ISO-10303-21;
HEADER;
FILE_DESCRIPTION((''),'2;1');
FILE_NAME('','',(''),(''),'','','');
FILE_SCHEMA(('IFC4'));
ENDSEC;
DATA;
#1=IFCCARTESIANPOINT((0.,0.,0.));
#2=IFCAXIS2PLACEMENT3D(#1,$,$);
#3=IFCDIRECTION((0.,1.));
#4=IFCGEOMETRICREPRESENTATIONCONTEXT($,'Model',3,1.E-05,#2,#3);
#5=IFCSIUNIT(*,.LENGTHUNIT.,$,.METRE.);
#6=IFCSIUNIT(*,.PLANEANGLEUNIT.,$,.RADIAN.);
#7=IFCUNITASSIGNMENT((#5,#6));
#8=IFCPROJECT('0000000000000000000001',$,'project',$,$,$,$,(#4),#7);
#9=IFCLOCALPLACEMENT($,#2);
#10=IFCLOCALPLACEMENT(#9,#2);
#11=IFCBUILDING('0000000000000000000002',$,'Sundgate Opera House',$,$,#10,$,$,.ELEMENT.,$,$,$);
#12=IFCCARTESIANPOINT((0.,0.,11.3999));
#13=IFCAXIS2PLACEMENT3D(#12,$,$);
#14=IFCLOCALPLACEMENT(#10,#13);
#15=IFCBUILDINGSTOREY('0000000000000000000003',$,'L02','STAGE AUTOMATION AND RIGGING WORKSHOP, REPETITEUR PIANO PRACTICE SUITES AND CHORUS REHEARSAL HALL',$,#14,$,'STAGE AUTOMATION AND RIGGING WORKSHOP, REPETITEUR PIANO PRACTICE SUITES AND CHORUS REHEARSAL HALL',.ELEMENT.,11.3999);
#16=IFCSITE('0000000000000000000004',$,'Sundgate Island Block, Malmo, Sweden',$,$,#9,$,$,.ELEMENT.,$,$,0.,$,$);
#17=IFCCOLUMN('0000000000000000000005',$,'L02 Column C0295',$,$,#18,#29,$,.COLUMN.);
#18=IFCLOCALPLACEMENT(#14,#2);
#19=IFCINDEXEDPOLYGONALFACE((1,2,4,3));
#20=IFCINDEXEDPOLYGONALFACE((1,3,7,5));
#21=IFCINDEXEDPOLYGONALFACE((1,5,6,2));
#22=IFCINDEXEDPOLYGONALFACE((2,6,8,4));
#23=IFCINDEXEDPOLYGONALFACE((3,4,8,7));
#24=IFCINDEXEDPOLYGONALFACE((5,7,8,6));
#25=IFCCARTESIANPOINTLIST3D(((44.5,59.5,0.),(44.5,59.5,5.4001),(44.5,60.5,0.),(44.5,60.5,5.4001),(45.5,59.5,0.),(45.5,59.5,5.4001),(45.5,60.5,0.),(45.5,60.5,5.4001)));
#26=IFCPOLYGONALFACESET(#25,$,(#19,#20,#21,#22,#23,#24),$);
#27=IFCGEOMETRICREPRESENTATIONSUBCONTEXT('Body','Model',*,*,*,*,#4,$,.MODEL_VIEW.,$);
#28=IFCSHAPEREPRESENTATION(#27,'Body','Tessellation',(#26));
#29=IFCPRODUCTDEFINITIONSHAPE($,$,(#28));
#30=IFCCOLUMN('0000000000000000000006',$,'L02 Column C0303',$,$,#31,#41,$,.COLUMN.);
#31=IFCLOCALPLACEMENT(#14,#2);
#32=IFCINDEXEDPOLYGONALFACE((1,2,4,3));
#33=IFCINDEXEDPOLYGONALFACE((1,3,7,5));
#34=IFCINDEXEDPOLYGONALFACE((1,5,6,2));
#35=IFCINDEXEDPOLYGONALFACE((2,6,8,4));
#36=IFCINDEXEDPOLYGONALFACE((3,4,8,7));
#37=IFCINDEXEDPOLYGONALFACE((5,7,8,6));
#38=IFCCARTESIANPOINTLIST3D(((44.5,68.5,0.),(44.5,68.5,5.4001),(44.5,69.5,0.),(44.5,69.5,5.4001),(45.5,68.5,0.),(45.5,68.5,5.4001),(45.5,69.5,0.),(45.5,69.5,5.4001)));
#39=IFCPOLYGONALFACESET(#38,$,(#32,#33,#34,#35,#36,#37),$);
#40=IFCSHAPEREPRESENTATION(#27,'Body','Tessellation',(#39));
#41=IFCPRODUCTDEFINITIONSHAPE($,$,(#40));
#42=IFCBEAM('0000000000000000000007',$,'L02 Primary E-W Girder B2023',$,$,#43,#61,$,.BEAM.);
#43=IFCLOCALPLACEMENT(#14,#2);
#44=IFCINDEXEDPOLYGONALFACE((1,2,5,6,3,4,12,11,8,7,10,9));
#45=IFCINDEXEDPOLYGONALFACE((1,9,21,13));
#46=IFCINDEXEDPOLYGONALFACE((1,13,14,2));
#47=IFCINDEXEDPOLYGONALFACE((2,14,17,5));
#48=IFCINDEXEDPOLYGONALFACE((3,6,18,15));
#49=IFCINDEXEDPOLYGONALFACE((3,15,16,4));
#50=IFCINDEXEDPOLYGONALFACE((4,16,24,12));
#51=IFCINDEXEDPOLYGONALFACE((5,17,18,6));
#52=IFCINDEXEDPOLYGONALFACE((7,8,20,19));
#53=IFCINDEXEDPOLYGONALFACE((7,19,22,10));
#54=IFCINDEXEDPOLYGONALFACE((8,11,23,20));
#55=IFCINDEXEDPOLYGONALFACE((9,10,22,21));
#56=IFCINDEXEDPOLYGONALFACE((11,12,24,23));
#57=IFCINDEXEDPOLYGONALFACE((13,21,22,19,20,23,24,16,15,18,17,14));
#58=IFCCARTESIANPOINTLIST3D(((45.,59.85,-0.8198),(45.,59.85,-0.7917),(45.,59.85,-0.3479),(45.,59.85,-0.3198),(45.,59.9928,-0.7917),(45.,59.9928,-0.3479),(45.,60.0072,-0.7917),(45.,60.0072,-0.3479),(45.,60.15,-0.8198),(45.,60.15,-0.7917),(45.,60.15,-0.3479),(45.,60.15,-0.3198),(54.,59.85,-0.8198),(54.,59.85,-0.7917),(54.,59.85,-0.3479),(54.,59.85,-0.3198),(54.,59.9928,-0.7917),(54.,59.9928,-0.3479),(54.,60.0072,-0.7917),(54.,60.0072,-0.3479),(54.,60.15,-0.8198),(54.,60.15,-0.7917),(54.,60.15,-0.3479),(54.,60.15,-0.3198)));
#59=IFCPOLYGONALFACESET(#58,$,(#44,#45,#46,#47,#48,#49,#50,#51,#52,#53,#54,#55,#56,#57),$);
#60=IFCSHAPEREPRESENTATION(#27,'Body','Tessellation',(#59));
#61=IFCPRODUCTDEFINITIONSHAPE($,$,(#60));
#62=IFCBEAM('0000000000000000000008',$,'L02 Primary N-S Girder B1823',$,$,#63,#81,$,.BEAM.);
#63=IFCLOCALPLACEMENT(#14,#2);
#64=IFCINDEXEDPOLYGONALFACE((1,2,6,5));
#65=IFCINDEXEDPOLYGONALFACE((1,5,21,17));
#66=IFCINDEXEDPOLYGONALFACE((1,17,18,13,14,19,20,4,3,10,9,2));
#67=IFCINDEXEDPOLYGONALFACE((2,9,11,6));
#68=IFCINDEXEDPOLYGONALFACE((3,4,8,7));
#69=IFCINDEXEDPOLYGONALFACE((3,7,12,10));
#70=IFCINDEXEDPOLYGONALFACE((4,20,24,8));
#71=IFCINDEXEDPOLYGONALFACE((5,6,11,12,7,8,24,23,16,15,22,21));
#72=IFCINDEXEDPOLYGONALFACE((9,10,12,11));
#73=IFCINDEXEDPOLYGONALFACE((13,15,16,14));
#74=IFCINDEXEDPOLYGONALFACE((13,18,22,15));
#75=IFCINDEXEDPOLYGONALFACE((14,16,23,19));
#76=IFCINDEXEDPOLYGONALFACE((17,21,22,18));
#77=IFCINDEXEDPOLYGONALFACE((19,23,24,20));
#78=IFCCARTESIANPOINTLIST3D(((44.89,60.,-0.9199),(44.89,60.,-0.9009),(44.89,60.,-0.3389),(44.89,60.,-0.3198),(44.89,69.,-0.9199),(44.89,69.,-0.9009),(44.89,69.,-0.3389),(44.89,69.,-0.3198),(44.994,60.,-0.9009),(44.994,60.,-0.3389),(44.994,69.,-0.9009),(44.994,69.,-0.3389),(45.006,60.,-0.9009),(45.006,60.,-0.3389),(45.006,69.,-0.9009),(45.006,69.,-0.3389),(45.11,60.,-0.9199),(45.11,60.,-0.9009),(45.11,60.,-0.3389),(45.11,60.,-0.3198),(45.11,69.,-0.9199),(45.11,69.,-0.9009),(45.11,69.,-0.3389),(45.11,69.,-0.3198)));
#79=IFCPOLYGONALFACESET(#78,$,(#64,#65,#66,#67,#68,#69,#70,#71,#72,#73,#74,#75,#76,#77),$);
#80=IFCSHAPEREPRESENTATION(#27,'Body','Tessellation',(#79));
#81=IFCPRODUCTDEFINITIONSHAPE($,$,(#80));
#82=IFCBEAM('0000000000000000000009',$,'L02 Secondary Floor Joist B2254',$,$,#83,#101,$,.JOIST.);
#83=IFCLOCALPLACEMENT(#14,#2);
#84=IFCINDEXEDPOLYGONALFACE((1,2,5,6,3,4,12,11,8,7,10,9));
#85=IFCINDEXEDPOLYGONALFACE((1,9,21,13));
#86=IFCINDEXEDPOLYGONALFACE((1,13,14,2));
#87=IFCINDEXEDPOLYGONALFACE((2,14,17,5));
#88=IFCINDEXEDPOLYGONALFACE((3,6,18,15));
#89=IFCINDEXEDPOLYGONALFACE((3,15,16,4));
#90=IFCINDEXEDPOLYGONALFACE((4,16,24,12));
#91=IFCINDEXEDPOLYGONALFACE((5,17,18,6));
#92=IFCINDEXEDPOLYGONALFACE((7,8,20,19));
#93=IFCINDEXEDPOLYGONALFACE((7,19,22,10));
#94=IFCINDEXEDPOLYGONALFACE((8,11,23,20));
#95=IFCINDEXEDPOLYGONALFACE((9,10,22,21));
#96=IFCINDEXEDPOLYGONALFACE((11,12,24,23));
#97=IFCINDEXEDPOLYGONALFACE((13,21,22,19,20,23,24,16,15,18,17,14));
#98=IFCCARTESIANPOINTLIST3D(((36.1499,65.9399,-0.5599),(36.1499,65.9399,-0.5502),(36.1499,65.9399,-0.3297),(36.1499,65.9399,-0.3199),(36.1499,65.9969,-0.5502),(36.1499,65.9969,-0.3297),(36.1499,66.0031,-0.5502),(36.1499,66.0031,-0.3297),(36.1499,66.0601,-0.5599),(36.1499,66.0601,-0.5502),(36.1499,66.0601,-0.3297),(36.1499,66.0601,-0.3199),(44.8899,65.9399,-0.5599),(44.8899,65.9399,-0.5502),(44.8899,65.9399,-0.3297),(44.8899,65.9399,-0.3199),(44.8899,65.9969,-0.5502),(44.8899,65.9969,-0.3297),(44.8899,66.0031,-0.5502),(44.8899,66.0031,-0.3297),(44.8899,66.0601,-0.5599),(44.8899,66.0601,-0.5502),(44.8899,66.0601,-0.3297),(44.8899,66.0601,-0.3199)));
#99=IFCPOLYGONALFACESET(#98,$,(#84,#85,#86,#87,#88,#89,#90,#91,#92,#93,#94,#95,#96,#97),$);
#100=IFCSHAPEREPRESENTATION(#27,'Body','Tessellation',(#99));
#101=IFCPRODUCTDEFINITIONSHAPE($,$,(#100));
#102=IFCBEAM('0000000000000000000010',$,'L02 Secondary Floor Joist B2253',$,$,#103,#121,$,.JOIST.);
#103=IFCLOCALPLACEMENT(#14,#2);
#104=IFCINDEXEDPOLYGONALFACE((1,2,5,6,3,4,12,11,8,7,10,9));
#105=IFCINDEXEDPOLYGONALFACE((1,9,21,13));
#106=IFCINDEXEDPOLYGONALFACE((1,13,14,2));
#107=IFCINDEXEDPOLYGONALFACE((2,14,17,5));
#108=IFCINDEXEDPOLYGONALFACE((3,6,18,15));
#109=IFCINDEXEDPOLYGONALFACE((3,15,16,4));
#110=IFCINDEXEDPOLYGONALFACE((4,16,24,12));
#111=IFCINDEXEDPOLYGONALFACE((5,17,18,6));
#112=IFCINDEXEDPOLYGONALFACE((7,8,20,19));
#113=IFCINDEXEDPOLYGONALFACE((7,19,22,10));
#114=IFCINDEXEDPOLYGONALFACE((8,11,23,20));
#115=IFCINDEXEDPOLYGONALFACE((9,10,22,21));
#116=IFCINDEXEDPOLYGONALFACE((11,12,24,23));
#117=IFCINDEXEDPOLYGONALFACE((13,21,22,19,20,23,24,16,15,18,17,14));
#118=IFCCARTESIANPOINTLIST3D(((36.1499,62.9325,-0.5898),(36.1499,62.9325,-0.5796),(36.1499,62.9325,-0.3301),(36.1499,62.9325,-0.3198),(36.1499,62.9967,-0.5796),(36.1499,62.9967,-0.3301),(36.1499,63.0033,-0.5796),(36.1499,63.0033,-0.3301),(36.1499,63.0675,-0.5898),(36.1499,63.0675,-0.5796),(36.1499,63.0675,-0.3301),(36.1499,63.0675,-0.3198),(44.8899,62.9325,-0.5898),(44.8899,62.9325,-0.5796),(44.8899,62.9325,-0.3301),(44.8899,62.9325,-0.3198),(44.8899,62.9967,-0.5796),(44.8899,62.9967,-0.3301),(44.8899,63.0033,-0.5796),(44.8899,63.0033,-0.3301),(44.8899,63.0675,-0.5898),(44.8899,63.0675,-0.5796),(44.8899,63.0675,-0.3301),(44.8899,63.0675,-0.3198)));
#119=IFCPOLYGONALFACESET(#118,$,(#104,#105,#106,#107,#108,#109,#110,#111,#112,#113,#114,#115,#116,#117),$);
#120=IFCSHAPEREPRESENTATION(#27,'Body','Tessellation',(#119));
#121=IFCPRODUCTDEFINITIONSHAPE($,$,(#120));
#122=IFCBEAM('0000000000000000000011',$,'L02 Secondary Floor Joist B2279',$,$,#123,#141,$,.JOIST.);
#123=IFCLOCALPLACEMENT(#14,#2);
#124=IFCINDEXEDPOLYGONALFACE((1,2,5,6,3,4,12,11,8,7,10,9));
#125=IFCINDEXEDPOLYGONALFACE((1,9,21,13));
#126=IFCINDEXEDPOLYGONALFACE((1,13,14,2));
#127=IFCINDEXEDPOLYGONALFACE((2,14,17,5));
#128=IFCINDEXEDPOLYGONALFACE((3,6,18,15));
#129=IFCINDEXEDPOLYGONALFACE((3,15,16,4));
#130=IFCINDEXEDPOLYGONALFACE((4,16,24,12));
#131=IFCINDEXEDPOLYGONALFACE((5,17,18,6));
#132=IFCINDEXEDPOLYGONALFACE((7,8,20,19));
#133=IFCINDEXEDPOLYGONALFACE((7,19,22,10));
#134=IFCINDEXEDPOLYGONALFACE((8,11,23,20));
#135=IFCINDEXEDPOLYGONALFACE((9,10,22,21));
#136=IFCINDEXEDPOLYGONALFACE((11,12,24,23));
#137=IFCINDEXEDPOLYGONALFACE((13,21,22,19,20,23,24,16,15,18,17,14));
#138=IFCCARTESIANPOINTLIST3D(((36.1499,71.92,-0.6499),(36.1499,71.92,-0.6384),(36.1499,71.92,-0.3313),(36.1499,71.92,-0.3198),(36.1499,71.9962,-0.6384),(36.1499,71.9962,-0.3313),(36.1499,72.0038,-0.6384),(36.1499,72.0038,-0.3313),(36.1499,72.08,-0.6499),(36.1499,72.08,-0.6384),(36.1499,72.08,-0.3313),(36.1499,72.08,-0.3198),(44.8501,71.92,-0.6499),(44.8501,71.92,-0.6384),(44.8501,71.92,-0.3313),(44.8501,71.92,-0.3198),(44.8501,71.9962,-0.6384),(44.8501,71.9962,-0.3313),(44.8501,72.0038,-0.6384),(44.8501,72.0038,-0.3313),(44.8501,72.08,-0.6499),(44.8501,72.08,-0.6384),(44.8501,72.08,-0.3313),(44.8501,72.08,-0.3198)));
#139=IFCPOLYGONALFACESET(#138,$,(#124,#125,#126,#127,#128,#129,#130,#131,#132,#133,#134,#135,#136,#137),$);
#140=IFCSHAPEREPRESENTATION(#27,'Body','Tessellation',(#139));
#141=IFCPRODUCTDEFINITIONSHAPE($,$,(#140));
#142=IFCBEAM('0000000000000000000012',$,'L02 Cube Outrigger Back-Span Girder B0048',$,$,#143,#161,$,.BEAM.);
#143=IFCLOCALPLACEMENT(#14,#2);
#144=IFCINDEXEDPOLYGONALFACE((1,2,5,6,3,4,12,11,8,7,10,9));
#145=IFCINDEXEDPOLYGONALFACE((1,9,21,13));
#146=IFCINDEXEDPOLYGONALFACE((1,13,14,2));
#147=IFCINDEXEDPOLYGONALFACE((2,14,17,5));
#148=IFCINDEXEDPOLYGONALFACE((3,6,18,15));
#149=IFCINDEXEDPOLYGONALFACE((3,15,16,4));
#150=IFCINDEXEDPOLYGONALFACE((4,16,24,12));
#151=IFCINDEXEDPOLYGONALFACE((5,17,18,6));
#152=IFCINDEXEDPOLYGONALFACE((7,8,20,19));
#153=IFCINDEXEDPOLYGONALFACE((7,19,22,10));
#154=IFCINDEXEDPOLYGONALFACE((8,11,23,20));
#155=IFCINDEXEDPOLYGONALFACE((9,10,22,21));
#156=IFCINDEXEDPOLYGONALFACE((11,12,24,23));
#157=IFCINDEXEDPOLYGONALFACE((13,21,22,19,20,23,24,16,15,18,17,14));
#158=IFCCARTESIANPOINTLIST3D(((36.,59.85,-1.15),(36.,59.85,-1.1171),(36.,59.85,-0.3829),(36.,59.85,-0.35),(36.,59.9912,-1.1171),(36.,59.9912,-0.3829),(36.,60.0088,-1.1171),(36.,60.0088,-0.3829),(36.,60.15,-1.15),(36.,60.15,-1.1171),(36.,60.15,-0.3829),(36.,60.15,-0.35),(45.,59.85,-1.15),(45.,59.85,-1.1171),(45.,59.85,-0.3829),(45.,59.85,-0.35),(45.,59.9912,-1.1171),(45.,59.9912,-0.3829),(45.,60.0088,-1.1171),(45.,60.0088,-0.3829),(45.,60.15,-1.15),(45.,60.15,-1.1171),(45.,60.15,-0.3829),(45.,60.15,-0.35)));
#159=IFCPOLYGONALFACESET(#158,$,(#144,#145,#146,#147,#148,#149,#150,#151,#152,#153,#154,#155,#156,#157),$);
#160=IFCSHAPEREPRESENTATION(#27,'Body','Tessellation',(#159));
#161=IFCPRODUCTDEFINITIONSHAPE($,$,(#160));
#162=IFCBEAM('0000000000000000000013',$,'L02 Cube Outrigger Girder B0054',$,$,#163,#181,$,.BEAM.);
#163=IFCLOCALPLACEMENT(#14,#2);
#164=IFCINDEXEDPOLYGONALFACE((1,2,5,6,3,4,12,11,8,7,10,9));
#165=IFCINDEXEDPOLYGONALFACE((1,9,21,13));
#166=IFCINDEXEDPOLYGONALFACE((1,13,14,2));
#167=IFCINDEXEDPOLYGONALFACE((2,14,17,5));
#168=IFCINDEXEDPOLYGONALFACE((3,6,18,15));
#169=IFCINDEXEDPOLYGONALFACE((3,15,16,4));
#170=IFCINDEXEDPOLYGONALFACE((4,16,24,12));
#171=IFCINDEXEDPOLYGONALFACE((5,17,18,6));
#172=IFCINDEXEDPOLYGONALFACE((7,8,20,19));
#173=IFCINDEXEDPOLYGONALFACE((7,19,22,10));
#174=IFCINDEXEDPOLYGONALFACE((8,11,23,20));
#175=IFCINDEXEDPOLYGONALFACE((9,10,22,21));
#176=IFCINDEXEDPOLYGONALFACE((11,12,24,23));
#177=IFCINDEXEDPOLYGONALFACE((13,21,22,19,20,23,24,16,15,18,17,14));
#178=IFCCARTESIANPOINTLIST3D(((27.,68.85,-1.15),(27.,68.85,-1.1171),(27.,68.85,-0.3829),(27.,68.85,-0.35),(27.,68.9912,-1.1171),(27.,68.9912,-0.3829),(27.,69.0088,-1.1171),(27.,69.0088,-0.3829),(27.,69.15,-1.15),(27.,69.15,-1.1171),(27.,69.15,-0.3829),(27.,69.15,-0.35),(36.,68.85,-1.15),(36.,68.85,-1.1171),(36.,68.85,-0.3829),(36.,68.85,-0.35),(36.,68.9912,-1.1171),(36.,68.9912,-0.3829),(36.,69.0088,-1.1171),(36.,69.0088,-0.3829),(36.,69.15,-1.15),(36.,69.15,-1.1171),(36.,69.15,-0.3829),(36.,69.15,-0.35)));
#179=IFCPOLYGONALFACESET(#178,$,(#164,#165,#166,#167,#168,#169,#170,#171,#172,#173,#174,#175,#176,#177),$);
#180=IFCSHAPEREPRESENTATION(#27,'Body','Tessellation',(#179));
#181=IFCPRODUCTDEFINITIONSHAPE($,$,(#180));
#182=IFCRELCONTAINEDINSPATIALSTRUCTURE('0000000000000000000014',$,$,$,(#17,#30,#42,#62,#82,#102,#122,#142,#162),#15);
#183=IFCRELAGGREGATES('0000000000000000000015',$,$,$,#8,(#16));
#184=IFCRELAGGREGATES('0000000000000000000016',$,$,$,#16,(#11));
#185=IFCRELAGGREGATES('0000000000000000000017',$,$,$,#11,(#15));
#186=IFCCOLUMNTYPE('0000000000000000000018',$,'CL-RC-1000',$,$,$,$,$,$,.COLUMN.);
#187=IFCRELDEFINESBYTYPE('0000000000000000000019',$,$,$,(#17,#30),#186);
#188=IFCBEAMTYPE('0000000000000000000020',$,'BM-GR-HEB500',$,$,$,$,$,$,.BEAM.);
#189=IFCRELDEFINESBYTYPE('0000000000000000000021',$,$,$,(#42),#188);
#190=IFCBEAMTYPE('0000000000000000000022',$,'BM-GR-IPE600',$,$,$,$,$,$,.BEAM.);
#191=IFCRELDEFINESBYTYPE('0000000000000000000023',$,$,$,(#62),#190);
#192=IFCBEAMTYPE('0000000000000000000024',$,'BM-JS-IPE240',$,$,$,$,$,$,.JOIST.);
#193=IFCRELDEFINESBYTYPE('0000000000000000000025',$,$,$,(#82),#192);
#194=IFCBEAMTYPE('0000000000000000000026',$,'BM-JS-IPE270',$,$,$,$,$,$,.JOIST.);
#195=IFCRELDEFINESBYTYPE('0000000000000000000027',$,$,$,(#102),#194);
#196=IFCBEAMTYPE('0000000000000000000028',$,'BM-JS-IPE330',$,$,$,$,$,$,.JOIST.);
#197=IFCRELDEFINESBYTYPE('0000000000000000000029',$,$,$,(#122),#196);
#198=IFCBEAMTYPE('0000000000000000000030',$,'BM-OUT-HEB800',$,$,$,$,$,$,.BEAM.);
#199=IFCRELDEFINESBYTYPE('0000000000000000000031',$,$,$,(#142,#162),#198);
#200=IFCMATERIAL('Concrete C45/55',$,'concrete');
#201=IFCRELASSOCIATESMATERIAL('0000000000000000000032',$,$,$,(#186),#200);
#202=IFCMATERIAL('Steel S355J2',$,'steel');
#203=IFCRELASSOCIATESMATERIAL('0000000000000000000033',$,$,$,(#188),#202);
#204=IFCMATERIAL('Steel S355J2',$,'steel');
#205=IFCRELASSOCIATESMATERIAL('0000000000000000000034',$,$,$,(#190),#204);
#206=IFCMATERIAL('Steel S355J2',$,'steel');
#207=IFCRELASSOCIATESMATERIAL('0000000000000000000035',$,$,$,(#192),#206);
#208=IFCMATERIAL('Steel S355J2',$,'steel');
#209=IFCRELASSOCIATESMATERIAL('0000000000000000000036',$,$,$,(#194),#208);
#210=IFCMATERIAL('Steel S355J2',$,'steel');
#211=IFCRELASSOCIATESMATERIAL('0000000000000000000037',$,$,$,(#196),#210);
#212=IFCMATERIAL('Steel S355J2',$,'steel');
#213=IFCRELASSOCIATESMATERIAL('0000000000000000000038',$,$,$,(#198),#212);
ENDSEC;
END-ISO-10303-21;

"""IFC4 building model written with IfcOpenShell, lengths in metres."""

from ifc_helpers import new_model, si_unit, direction, frame, origin, origin_2d, place, context, subcontext, project, spatial, rectangle, i_section, extrude, material, material_profile, profile_set, type_object, element, save


model = new_model("IFC4")

# Units and contexts
model_context = context("Model", 3, precision=1e-05, world=origin(), true_north=direction((0.0, 1.0)))
body_context = subcontext(model_context, "Body", "Model", "MODEL_VIEW")
ifc_project = project(units=[si_unit("LENGTHUNIT", "METRE"), si_unit("PLANEANGLEUNIT", "RADIAN")], contexts=[model_context])

# Site, building, storey
site_placement = place(None, origin())
site = spatial("IfcSite", under=ifc_project, at=site_placement, Name="Sundgate Island Block, Malmo, Sweden", CompositionType="ELEMENT", RefElevation=0.0)
building_placement = place(site_placement, origin())
building = spatial("IfcBuilding", under=site, at=building_placement, Name="Sundgate Opera House", CompositionType="ELEMENT")
storey_placement = place(building_placement, frame((0.0, 0.0, 11.3999)))
storey = spatial("IfcBuildingStorey", under=building, at=storey_placement, Name="L02", Description="STAGE AUTOMATION AND RIGGING WORKSHOP, REPETITEUR PIANO PRACTICE SUITES AND CHORUS REHEARSAL HALL", LongName="STAGE AUTOMATION AND RIGGING WORKSHOP, REPETITEUR PIANO PRACTICE SUITES AND CHORUS REHEARSAL HALL", CompositionType="ELEMENT", Elevation=11.3999)

# Columns
ifc_material_1 = material(Name="Concrete C45/55", Category="concrete")
ifc_material_profile_1 = material_profile(ifc_material_1, rectangle(XDim=1.0, YDim=1.0, at=origin_2d()), Name="RC 1000x1000")
ifc_profile_set_1 = profile_set([ifc_material_profile_1], Name="Concrete C45/55")
column_type = type_object("IfcColumnType", Name="CL-RC-1000", PredefinedType="COLUMN", material=ifc_profile_set_1)
for number, where, z_axis, x_axis, name in (
    (1, (45.0, 60.0, 0.0), (0.0, 0.0, 1.0), (1.0, 0.0, 0.0), "L02 Column C0295"),
    (2, (45.0, 69.0, 0.0), (0.0, 0.0, 1.0), (1.0, 0.0, 0.0), "L02 Column C0303"),
):
    element("IfcColumn", number, at=place(storey_placement, frame(where, z_axis=z_axis, x_axis=x_axis)), inside=storey, type_object=column_type, Name=name, PredefinedType="COLUMN", context=body_context, shape_type="SweptSolid", body=[
        extrude(rectangle(XDim=1.0, YDim=1.0, at=origin_2d()), origin(), (0.0, 0.0, 1.0), 5.4001),
    ])

# Beams
ifc_material_2 = material(Name="Steel S355J2", Category="steel")
ifc_material_profile_2 = material_profile(ifc_material_2, i_section(OverallWidth=0.3, OverallDepth=0.5, WebThickness=0.0144, FlangeThickness=0.0281, at=origin_2d()), Name="HEB 500")
ifc_profile_set_2 = profile_set([ifc_material_profile_2], Name="Steel S355J2")
beam_type_1 = type_object("IfcBeamType", Name="BM-GR-HEB500", PredefinedType="BEAM", material=ifc_profile_set_2)
beam_1_placement = place(storey_placement, frame((45.0, 60.0, -0.5698), z_axis=(1.0, 0.0, 0.0), x_axis=(0.0, 1.0, 0.0)))
element("IfcBeam", 3, at=beam_1_placement, inside=storey, type_object=beam_type_1, Name="L02 Primary E-W Girder B2023", PredefinedType="BEAM", context=body_context, shape_type="SweptSolid", body=[
    extrude(i_section(OverallWidth=0.3, OverallDepth=0.5, WebThickness=0.0144, FlangeThickness=0.0281, at=origin_2d()), origin(), (0.0, 0.0, 1.0), 9.0),
])
ifc_material_3 = material(Name="Steel S355J2", Category="steel")
ifc_material_profile_3 = material_profile(ifc_material_3, i_section(OverallWidth=0.22, OverallDepth=0.6001, WebThickness=0.012, FlangeThickness=0.019, at=origin_2d()), Name="IPE 600")
ifc_profile_set_3 = profile_set([ifc_material_profile_3], Name="Steel S355J2")
beam_type_2 = type_object("IfcBeamType", Name="BM-GR-IPE600", PredefinedType="BEAM", material=ifc_profile_set_3)
beam_2_placement = place(storey_placement, frame((45.0, 60.0, -0.6199), z_axis=(0.0, 1.0, 0.0), x_axis=(-1.0, 0.0, 0.0)))
element("IfcBeam", 4, at=beam_2_placement, inside=storey, type_object=beam_type_2, Name="L02 Primary N-S Girder B1823", PredefinedType="BEAM", context=body_context, shape_type="SweptSolid", body=[
    extrude(i_section(OverallWidth=0.22, OverallDepth=0.6001, WebThickness=0.012, FlangeThickness=0.019, at=origin_2d()), origin(), (0.0, 0.0, 1.0), 9.0),
])
ifc_material_4 = material(Name="Steel S355J2", Category="steel")
ifc_material_profile_4 = material_profile(ifc_material_4, i_section(OverallWidth=0.1201, OverallDepth=0.24, WebThickness=0.0061, FlangeThickness=0.0098, at=origin_2d()), Name="IPE 240")
ifc_profile_set_4 = profile_set([ifc_material_profile_4], Name="Steel S355J2")
beam_type_3 = type_object("IfcBeamType", Name="BM-JS-IPE240", PredefinedType="JOIST", material=ifc_profile_set_4)
beam_3_placement = place(storey_placement, frame((36.1499, 66.0, -0.4399), z_axis=(1.0, 0.0, 0.0), x_axis=(0.0, 1.0, 0.0)))
element("IfcBeam", 5, at=beam_3_placement, inside=storey, type_object=beam_type_3, Name="L02 Secondary Floor Joist B2254", PredefinedType="JOIST", context=body_context, shape_type="SweptSolid", body=[
    extrude(i_section(OverallWidth=0.1201, OverallDepth=0.24, WebThickness=0.0061, FlangeThickness=0.0098, at=origin_2d()), origin(), (0.0, 0.0, 1.0), 8.74),
])
ifc_material_5 = material(Name="Steel S355J2", Category="steel")
ifc_material_profile_5 = material_profile(ifc_material_5, i_section(OverallWidth=0.135, OverallDepth=0.27, WebThickness=0.0066, FlangeThickness=0.0103, at=origin_2d()), Name="IPE 270")
ifc_profile_set_5 = profile_set([ifc_material_profile_5], Name="Steel S355J2")
beam_type_4 = type_object("IfcBeamType", Name="BM-JS-IPE270", PredefinedType="JOIST", material=ifc_profile_set_5)
beam_4_placement = place(storey_placement, frame((36.1499, 63.0, -0.4548), z_axis=(1.0, 0.0, 0.0), x_axis=(0.0, 1.0, 0.0)))
element("IfcBeam", 6, at=beam_4_placement, inside=storey, type_object=beam_type_4, Name="L02 Secondary Floor Joist B2253", PredefinedType="JOIST", context=body_context, shape_type="SweptSolid", body=[
    extrude(i_section(OverallWidth=0.135, OverallDepth=0.27, WebThickness=0.0066, FlangeThickness=0.0103, at=origin_2d()), origin(), (0.0, 0.0, 1.0), 8.74),
])
ifc_material_6 = material(Name="Steel S355J2", Category="steel")
ifc_material_profile_6 = material_profile(ifc_material_6, i_section(OverallWidth=0.1599, OverallDepth=0.3301, WebThickness=0.0076, FlangeThickness=0.0115, at=origin_2d()), Name="IPE 330")
ifc_profile_set_6 = profile_set([ifc_material_profile_6], Name="Steel S355J2")
beam_type_5 = type_object("IfcBeamType", Name="BM-JS-IPE330", PredefinedType="JOIST", material=ifc_profile_set_6)
beam_5_placement = place(storey_placement, frame((36.1499, 72.0, -0.4849), z_axis=(1.0, 0.0, 0.0), x_axis=(0.0, 1.0, 0.0)))
element("IfcBeam", 7, at=beam_5_placement, inside=storey, type_object=beam_type_5, Name="L02 Secondary Floor Joist B2279", PredefinedType="JOIST", context=body_context, shape_type="SweptSolid", body=[
    extrude(i_section(OverallWidth=0.1599, OverallDepth=0.3301, WebThickness=0.0076, FlangeThickness=0.0115, at=origin_2d()), origin(), (0.0, 0.0, 1.0), 8.7002),
])
ifc_material_7 = material(Name="Steel S355J2", Category="steel")
ifc_material_profile_7 = material_profile(ifc_material_7, i_section(OverallWidth=0.3, OverallDepth=0.8, WebThickness=0.0176, FlangeThickness=0.033, at=origin_2d()), Name="HEB 800")
ifc_profile_set_7 = profile_set([ifc_material_profile_7], Name="Steel S355J2")
beam_type_6 = type_object("IfcBeamType", Name="BM-OUT-HEB800", PredefinedType="BEAM", material=ifc_profile_set_7)
for number, where, z_axis, x_axis, name in (
    (8, (45.0, 60.0, -0.75), (-1.0, 0.0, 0.0), (0.0, -1.0, 0.0), "L02 Cube Outrigger Back-Span Girder B0048"),
    (9, (36.0, 69.0, -0.75), (-1.0, 0.0, 0.0), (0.0, -1.0, 0.0), "L02 Cube Outrigger Girder B0054"),
):
    element("IfcBeam", number, at=place(storey_placement, frame(where, z_axis=z_axis, x_axis=x_axis)), inside=storey, type_object=beam_type_6, Name=name, PredefinedType="BEAM", context=body_context, shape_type="SweptSolid", body=[
        extrude(i_section(OverallWidth=0.3, OverallDepth=0.8, WebThickness=0.0176, FlangeThickness=0.033, at=origin_2d()), origin(), (0.0, 0.0, 1.0), 9.0),
    ])

save(model, "model.ifc")
